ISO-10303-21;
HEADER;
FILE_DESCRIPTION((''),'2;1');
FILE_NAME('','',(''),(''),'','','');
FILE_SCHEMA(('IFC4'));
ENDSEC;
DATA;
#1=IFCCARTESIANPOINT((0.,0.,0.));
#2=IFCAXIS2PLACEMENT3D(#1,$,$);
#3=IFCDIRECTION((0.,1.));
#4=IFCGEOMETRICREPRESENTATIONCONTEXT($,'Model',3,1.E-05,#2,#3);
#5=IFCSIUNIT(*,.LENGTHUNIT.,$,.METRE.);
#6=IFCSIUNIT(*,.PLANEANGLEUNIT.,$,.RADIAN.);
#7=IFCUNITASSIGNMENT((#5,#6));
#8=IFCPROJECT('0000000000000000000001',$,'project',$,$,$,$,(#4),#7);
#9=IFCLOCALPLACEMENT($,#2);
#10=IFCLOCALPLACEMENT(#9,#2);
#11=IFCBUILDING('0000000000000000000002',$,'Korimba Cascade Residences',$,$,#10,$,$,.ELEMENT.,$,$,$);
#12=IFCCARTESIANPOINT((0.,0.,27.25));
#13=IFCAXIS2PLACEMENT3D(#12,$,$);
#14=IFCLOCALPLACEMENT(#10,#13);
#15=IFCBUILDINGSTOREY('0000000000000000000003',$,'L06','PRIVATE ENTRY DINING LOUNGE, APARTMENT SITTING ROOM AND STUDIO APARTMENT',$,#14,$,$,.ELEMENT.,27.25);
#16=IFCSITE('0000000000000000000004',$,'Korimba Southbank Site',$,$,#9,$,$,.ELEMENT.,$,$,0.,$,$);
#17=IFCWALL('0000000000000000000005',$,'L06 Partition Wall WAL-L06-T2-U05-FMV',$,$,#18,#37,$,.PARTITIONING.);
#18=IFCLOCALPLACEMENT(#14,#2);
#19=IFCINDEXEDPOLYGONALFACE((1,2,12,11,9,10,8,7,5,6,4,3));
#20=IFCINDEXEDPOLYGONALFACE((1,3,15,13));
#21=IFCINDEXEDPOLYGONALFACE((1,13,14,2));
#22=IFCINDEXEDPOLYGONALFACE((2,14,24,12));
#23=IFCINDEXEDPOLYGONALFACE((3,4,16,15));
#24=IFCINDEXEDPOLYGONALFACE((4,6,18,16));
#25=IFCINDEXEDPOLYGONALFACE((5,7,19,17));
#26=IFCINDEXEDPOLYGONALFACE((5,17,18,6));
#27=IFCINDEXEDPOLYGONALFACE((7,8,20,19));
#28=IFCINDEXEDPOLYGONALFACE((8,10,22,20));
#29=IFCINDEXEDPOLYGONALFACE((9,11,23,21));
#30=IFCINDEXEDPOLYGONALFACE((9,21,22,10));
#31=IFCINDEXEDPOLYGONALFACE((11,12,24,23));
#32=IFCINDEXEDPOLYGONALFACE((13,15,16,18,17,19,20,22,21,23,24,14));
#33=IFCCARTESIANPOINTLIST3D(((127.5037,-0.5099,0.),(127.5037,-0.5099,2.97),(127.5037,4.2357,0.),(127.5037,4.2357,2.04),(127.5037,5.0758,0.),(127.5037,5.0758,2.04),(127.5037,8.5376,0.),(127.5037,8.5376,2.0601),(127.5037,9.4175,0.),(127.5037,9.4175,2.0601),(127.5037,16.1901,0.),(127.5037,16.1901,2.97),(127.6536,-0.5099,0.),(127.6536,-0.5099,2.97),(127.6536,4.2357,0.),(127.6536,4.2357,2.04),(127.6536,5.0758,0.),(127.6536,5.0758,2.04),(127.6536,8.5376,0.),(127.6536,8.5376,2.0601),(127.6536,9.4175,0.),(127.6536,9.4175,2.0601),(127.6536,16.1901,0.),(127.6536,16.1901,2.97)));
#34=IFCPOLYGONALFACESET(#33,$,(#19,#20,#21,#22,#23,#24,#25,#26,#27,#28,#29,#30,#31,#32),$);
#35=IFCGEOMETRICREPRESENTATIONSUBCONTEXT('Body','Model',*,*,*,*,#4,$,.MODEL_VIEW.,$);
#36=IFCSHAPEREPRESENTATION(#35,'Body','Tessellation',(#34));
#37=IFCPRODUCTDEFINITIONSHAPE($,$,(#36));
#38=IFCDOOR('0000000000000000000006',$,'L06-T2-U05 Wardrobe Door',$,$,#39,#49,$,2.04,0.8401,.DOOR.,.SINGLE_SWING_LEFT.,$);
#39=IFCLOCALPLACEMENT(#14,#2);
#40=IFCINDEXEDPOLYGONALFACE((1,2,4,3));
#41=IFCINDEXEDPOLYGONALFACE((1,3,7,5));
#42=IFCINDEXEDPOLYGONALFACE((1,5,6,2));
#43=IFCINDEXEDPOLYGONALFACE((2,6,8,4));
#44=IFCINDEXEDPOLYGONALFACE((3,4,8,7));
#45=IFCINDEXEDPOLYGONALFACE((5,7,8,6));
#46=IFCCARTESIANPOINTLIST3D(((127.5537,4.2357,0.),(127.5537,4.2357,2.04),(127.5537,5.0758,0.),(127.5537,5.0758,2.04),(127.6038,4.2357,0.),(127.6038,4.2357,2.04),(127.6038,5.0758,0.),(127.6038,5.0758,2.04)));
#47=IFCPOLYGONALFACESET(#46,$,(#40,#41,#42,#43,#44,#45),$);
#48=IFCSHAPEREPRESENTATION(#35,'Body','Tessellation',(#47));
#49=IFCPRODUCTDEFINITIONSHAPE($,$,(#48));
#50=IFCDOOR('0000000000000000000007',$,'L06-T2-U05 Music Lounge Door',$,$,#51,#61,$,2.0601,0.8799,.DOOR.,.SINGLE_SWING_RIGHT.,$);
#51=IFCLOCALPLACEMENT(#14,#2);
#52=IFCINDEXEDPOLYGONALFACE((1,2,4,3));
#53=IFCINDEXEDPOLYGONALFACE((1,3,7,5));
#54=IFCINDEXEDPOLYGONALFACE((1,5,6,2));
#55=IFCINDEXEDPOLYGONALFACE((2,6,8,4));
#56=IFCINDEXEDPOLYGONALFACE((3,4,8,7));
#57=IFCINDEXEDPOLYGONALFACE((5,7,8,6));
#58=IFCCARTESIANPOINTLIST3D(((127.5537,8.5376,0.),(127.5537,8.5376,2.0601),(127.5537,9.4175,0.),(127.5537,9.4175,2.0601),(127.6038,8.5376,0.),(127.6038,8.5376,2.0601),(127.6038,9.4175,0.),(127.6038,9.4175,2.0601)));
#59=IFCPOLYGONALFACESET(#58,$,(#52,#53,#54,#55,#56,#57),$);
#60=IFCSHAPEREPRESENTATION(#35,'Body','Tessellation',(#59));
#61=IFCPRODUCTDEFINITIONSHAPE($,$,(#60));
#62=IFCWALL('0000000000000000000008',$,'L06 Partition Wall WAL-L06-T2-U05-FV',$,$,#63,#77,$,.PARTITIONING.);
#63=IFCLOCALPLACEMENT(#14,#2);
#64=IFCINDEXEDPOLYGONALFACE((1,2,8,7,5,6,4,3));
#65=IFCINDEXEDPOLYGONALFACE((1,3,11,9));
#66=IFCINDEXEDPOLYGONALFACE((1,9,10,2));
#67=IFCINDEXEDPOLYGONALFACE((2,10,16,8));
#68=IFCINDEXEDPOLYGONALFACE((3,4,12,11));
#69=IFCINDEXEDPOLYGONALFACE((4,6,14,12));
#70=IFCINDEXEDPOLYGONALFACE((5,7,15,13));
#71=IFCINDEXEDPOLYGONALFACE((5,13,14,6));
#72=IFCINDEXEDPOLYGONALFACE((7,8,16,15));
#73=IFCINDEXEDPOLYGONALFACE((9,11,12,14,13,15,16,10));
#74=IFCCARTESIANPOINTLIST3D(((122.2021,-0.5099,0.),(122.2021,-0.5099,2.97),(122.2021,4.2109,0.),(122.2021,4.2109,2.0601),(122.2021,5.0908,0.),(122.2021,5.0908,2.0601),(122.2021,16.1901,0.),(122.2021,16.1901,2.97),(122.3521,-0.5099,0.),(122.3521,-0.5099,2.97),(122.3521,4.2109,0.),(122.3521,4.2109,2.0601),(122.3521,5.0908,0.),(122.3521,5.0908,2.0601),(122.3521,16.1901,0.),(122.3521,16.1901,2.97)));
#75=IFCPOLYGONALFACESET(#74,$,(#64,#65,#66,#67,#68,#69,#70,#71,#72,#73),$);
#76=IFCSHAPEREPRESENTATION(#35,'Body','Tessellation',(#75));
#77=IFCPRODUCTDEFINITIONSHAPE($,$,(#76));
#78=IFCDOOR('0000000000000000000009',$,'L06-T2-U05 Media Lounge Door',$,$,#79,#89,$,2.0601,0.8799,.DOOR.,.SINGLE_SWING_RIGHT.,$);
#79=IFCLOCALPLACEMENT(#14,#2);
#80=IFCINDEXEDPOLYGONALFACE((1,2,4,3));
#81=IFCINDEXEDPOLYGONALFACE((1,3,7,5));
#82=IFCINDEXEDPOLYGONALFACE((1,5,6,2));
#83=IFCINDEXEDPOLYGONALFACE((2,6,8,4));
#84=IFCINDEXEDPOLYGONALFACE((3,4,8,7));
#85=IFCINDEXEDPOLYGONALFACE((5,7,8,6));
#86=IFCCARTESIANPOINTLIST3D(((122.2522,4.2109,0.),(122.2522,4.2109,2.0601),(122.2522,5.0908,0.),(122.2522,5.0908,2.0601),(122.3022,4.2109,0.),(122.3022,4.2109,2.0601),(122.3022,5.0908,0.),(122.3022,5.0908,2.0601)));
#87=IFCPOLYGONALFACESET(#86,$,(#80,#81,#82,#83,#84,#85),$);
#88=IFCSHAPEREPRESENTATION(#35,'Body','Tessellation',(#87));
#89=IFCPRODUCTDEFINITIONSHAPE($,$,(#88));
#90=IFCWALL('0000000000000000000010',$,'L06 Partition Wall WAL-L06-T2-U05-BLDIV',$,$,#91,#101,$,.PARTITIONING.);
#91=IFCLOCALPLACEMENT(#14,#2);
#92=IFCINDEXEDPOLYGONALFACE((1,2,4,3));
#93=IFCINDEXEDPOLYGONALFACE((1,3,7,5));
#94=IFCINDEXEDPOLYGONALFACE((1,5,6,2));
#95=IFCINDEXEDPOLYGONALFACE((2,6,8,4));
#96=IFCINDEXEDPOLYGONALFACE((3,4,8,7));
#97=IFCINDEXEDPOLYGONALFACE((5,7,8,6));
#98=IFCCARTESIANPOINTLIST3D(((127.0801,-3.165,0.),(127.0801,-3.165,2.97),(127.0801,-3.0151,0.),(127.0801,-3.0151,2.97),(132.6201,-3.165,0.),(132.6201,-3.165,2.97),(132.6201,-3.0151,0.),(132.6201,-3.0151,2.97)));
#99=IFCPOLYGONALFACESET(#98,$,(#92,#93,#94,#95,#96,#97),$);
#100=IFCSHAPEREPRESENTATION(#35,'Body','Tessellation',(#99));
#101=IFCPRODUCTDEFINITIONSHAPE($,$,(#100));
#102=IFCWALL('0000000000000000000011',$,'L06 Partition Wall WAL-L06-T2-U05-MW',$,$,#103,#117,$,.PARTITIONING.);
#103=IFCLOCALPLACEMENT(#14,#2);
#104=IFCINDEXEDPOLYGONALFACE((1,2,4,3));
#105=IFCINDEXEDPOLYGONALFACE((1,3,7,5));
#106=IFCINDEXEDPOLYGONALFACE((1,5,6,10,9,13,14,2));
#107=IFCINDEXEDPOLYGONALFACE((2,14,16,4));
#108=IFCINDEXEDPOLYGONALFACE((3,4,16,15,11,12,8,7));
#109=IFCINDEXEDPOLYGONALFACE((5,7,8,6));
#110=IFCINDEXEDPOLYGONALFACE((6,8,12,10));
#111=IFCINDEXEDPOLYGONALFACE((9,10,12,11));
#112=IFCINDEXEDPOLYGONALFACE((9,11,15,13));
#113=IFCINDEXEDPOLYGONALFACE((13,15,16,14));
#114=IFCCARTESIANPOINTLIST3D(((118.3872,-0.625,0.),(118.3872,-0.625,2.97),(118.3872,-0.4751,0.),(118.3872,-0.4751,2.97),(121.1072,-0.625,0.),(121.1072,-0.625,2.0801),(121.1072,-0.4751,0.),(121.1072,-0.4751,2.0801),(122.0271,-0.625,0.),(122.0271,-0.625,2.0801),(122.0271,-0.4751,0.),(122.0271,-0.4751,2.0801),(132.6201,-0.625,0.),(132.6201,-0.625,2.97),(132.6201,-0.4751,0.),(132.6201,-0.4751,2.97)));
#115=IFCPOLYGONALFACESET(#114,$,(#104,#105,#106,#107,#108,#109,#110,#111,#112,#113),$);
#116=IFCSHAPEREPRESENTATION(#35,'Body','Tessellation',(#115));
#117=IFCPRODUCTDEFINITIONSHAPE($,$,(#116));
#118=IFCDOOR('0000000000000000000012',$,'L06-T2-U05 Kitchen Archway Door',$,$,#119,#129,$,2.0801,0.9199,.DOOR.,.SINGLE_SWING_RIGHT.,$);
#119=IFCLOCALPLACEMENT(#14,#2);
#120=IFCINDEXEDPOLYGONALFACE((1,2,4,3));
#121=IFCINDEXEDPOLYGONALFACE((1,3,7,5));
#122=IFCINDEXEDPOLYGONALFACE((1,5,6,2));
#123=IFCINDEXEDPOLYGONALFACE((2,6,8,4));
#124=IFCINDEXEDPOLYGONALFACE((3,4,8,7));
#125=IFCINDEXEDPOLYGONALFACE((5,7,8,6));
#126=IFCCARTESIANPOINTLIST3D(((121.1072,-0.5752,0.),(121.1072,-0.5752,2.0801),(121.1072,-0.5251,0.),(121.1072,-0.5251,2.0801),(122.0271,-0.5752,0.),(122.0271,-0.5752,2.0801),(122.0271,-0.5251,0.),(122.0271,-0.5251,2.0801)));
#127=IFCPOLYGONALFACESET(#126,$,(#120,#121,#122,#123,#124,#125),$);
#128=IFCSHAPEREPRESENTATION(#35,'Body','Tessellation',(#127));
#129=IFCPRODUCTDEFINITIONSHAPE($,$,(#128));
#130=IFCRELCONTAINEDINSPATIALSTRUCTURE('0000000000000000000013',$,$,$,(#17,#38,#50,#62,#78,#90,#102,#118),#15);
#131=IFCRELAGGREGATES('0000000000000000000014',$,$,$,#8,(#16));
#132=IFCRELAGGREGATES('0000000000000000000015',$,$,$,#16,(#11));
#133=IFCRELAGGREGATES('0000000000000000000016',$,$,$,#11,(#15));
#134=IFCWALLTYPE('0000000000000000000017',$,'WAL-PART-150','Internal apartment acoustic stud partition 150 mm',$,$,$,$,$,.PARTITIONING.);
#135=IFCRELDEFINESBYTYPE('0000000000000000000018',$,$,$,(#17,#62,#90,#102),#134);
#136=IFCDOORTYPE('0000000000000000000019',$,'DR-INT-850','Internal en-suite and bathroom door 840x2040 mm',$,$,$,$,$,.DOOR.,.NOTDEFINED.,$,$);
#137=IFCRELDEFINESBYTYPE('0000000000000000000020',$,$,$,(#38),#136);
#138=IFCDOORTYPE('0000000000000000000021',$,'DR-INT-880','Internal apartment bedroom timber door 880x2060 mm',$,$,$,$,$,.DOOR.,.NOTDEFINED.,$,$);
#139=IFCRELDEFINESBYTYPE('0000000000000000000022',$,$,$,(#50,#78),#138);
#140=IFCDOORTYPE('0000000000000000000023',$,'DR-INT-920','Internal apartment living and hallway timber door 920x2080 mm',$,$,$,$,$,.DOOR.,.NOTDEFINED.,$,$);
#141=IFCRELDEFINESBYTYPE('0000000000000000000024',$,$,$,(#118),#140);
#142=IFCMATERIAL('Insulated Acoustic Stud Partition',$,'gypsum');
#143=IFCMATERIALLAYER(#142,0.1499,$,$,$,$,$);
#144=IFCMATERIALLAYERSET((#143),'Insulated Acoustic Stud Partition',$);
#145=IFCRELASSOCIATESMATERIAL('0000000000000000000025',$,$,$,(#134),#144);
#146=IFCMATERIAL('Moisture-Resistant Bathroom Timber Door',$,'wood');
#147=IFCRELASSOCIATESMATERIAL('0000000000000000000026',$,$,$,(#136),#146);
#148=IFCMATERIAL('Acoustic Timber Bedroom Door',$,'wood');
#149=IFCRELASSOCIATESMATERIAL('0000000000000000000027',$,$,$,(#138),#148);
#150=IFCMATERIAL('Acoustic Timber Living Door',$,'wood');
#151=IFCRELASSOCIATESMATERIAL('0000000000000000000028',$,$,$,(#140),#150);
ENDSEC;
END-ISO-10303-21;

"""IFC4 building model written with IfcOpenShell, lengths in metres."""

from ifc_helpers import new_model, si_unit, direction, frame, frame_2d, origin, place, context, subcontext, project, spatial, rectangle, extrude, material, layer, layer_set, type_object, element, fill, save


model = new_model("IFC4")

# Units and contexts
model_context = context("Model", 3, precision=1e-05, world=origin(), true_north=direction((0.0, 1.0)))
body_context = subcontext(model_context, "Body", "Model", "MODEL_VIEW")
ifc_project = project(units=[si_unit("LENGTHUNIT", "METRE"), si_unit("PLANEANGLEUNIT", "RADIAN")], contexts=[model_context])

# Site, building, storey
site_placement = place(None, origin())
site = spatial("IfcSite", under=ifc_project, at=site_placement, Name="Korimba Southbank Site", CompositionType="ELEMENT", RefElevation=0.0)
building_placement = place(site_placement, origin())
building = spatial("IfcBuilding", under=site, at=building_placement, Name="Korimba Cascade Residences", CompositionType="ELEMENT")
storey_placement = place(building_placement, frame((0.0, 0.0, 27.25)))
storey = spatial("IfcBuildingStorey", under=building, at=storey_placement, Name="L06", Description="PRIVATE ENTRY DINING LOUNGE, APARTMENT SITTING ROOM AND STUDIO APARTMENT", CompositionType="ELEMENT", Elevation=27.25)

# Wall, openings, doors
ifc_material_1 = material(Name="Insulated Acoustic Stud Partition", Category="gypsum")
ifc_layer = layer(ifc_material_1, 0.1499)
ifc_layer_set = layer_set([ifc_layer], Name="Insulated Acoustic Stud Partition")
wall_type = type_object("IfcWallType", Name="WAL-PART-150", Description="Internal apartment acoustic stud partition 150 mm", PredefinedType="PARTITIONING", material=ifc_layer_set)
wall_1_placement = place(storey_placement, frame((127.5786, -0.51, 0.0), z_axis=(0.0, 0.0, 1.0), x_axis=(0.0, 1.0, 0.0)))
wall_1 = element("IfcWall", 1, at=wall_1_placement, inside=storey, type_object=wall_type, Name="L06 Partition Wall WAL-L06-T2-U05-FMV", PredefinedType="PARTITIONING", context=body_context, shape_type="SweptSolid", body=[
    extrude(rectangle(XDim=16.7, YDim=0.1499, at=frame_2d((8.3501, 0.0))), origin(), (0.0, 0.0, 1.0), 2.97),
])
opening_1_placement = place(wall_1_placement, frame((4.7458, 0.0, 0.0)))
opening_1 = element("IfcOpeningElement", 2, at=opening_1_placement, cuts=wall_1, PredefinedType="OPENING", context=body_context, shape_type="SweptSolid", body=[
    extrude(rectangle(XDim=0.8401, YDim=2.04, at=frame_2d((0.4199, 1.02))), frame((0.0, 0.085, 0.0), z_axis=(0.0, -1.0, 0.0), x_axis=(1.0, 0.0, 0.0)), (0.0, 0.0, 1.0), 0.1699),
])
opening_2_placement = place(wall_1_placement, frame((9.0476, 0.0, 0.0)))
opening_2 = element("IfcOpeningElement", 3, at=opening_2_placement, cuts=wall_1, PredefinedType="OPENING", context=body_context, shape_type="SweptSolid", body=[
    extrude(rectangle(XDim=0.8799, YDim=2.0601, at=frame_2d((0.4399, 1.03))), frame((0.0, 0.085, 0.0), z_axis=(0.0, -1.0, 0.0), x_axis=(1.0, 0.0, 0.0)), (0.0, 0.0, 1.0), 0.1699),
])
ifc_material_2 = material(Name="Moisture-Resistant Bathroom Timber Door", Category="wood")
door_type_1 = type_object("IfcDoorType", Name="DR-INT-850", Description="Internal en-suite and bathroom door 840x2040 mm", OperationType="NOTDEFINED", PredefinedType="DOOR", material=ifc_material_2)
door_1_placement = place(opening_1_placement, origin())
door_1 = element("IfcDoor", 4, at=door_1_placement, inside=storey, type_object=door_type_1, Name="L06-T2-U05 Wardrobe Door", OperationType="SINGLE_SWING_LEFT", OverallHeight=2.04, OverallWidth=0.8401, PredefinedType="DOOR", context=body_context, shape_type="SweptSolid", body=[
    extrude(rectangle(XDim=0.8401, YDim=2.04, at=frame_2d((0.4199, 1.02))), frame((0.0, 0.0249, 0.0), z_axis=(0.0, -1.0, 0.0), x_axis=(1.0, 0.0, 0.0)), (0.0, 0.0, 1.0), 0.05),
])
fill(opening_1, door_1)
ifc_material_3 = material(Name="Acoustic Timber Bedroom Door", Category="wood")
door_type_2 = type_object("IfcDoorType", Name="DR-INT-880", Description="Internal apartment bedroom timber door 880x2060 mm", OperationType="NOTDEFINED", PredefinedType="DOOR", material=ifc_material_3)
door_2_placement = place(opening_2_placement, origin())
door_2 = element("IfcDoor", 5, at=door_2_placement, inside=storey, type_object=door_type_2, Name="L06-T2-U05 Music Lounge Door", OperationType="SINGLE_SWING_RIGHT", OverallHeight=2.0601, OverallWidth=0.8799, PredefinedType="DOOR", context=body_context, shape_type="SweptSolid", body=[
    extrude(rectangle(XDim=0.8799, YDim=2.0601, at=frame_2d((0.4399, 1.03))), frame((0.0, 0.0249, 0.0), z_axis=(0.0, -1.0, 0.0), x_axis=(1.0, 0.0, 0.0)), (0.0, 0.0, 1.0), 0.05),
])
fill(opening_2, door_2)

# Wall, opening, door
wall_2_placement = place(storey_placement, frame((122.2771, -0.51, 0.0), z_axis=(0.0, 0.0, 1.0), x_axis=(0.0, 1.0, 0.0)))
wall_2 = element("IfcWall", 6, at=wall_2_placement, inside=storey, type_object=wall_type, Name="L06 Partition Wall WAL-L06-T2-U05-FV", PredefinedType="PARTITIONING", context=body_context, shape_type="SweptSolid", body=[
    extrude(rectangle(XDim=16.7, YDim=0.1499, at=frame_2d((8.3501, 0.0))), origin(), (0.0, 0.0, 1.0), 2.97),
])
opening_3_placement = place(wall_2_placement, frame((4.7209, 0.0, 0.0)))
opening_3 = element("IfcOpeningElement", 7, at=opening_3_placement, cuts=wall_2, PredefinedType="OPENING", context=body_context, shape_type="SweptSolid", body=[
    extrude(rectangle(XDim=0.8799, YDim=2.0601, at=frame_2d((0.4399, 1.03))), frame((0.0, 0.085, 0.0), z_axis=(0.0, -1.0, 0.0), x_axis=(1.0, 0.0, 0.0)), (0.0, 0.0, 1.0), 0.1699),
])
door_3_placement = place(opening_3_placement, origin())
door_3 = element("IfcDoor", 8, at=door_3_placement, inside=storey, type_object=door_type_2, Name="L06-T2-U05 Media Lounge Door", OperationType="SINGLE_SWING_RIGHT", OverallHeight=2.0601, OverallWidth=0.8799, PredefinedType="DOOR", context=body_context, shape_type="SweptSolid", body=[
    extrude(rectangle(XDim=0.8799, YDim=2.0601, at=frame_2d((0.4399, 1.03))), frame((0.0, 0.0249, 0.0), z_axis=(0.0, -1.0, 0.0), x_axis=(1.0, 0.0, 0.0)), (0.0, 0.0, 1.0), 0.05),
])
fill(opening_3, door_3)

# Wall
wall_3_placement = place(storey_placement, frame((127.0801, -3.0901, 0.0), z_axis=(0.0, 0.0, 1.0), x_axis=(1.0, 0.0, 0.0)))
element("IfcWall", 9, at=wall_3_placement, inside=storey, type_object=wall_type, Name="L06 Partition Wall WAL-L06-T2-U05-BLDIV", PredefinedType="PARTITIONING", context=body_context, shape_type="SweptSolid", body=[
    extrude(rectangle(XDim=5.54, YDim=0.1499, at=frame_2d((2.77, 0.0))), origin(), (0.0, 0.0, 1.0), 2.97),
])

# Wall, opening, door
wall_4_placement = place(storey_placement, frame((118.3872, -0.55, 0.0), z_axis=(0.0, 0.0, 1.0), x_axis=(1.0, 0.0, 0.0)))
wall_4 = element("IfcWall", 10, at=wall_4_placement, inside=storey, type_object=wall_type, Name="L06 Partition Wall WAL-L06-T2-U05-MW", PredefinedType="PARTITIONING", context=body_context, shape_type="SweptSolid", body=[
    extrude(rectangle(XDim=14.2329, YDim=0.1499, at=frame_2d((7.1165, 0.0))), origin(), (0.0, 0.0, 1.0), 2.97),
])
opening_4_placement = place(wall_4_placement, frame((2.72, 0.0, 0.0)))
opening_4 = element("IfcOpeningElement", 11, at=opening_4_placement, cuts=wall_4, PredefinedType="OPENING", context=body_context, shape_type="SweptSolid", body=[
    extrude(rectangle(XDim=0.9199, YDim=2.0801, at=frame_2d((0.46, 1.04))), frame((0.0, 0.085, 0.0), z_axis=(0.0, -1.0, 0.0), x_axis=(1.0, 0.0, 0.0)), (0.0, 0.0, 1.0), 0.1699),
])
ifc_material_4 = material(Name="Acoustic Timber Living Door", Category="wood")
door_type_3 = type_object("IfcDoorType", Name="DR-INT-920", Description="Internal apartment living and hallway timber door 920x2080 mm", OperationType="NOTDEFINED", PredefinedType="DOOR", material=ifc_material_4)
door_4_placement = place(opening_4_placement, origin())
door_4 = element("IfcDoor", 12, at=door_4_placement, inside=storey, type_object=door_type_3, Name="L06-T2-U05 Kitchen Archway Door", OperationType="SINGLE_SWING_RIGHT", OverallHeight=2.0801, OverallWidth=0.9199, PredefinedType="DOOR", context=body_context, shape_type="SweptSolid", body=[
    extrude(rectangle(XDim=0.9199, YDim=2.0801, at=frame_2d((0.46, 1.04))), frame((0.0, 0.0249, 0.0), z_axis=(0.0, -1.0, 0.0), x_axis=(1.0, 0.0, 0.0)), (0.0, 0.0, 1.0), 0.05),
])
fill(opening_4, door_4)

save(model, "model.ifc")
